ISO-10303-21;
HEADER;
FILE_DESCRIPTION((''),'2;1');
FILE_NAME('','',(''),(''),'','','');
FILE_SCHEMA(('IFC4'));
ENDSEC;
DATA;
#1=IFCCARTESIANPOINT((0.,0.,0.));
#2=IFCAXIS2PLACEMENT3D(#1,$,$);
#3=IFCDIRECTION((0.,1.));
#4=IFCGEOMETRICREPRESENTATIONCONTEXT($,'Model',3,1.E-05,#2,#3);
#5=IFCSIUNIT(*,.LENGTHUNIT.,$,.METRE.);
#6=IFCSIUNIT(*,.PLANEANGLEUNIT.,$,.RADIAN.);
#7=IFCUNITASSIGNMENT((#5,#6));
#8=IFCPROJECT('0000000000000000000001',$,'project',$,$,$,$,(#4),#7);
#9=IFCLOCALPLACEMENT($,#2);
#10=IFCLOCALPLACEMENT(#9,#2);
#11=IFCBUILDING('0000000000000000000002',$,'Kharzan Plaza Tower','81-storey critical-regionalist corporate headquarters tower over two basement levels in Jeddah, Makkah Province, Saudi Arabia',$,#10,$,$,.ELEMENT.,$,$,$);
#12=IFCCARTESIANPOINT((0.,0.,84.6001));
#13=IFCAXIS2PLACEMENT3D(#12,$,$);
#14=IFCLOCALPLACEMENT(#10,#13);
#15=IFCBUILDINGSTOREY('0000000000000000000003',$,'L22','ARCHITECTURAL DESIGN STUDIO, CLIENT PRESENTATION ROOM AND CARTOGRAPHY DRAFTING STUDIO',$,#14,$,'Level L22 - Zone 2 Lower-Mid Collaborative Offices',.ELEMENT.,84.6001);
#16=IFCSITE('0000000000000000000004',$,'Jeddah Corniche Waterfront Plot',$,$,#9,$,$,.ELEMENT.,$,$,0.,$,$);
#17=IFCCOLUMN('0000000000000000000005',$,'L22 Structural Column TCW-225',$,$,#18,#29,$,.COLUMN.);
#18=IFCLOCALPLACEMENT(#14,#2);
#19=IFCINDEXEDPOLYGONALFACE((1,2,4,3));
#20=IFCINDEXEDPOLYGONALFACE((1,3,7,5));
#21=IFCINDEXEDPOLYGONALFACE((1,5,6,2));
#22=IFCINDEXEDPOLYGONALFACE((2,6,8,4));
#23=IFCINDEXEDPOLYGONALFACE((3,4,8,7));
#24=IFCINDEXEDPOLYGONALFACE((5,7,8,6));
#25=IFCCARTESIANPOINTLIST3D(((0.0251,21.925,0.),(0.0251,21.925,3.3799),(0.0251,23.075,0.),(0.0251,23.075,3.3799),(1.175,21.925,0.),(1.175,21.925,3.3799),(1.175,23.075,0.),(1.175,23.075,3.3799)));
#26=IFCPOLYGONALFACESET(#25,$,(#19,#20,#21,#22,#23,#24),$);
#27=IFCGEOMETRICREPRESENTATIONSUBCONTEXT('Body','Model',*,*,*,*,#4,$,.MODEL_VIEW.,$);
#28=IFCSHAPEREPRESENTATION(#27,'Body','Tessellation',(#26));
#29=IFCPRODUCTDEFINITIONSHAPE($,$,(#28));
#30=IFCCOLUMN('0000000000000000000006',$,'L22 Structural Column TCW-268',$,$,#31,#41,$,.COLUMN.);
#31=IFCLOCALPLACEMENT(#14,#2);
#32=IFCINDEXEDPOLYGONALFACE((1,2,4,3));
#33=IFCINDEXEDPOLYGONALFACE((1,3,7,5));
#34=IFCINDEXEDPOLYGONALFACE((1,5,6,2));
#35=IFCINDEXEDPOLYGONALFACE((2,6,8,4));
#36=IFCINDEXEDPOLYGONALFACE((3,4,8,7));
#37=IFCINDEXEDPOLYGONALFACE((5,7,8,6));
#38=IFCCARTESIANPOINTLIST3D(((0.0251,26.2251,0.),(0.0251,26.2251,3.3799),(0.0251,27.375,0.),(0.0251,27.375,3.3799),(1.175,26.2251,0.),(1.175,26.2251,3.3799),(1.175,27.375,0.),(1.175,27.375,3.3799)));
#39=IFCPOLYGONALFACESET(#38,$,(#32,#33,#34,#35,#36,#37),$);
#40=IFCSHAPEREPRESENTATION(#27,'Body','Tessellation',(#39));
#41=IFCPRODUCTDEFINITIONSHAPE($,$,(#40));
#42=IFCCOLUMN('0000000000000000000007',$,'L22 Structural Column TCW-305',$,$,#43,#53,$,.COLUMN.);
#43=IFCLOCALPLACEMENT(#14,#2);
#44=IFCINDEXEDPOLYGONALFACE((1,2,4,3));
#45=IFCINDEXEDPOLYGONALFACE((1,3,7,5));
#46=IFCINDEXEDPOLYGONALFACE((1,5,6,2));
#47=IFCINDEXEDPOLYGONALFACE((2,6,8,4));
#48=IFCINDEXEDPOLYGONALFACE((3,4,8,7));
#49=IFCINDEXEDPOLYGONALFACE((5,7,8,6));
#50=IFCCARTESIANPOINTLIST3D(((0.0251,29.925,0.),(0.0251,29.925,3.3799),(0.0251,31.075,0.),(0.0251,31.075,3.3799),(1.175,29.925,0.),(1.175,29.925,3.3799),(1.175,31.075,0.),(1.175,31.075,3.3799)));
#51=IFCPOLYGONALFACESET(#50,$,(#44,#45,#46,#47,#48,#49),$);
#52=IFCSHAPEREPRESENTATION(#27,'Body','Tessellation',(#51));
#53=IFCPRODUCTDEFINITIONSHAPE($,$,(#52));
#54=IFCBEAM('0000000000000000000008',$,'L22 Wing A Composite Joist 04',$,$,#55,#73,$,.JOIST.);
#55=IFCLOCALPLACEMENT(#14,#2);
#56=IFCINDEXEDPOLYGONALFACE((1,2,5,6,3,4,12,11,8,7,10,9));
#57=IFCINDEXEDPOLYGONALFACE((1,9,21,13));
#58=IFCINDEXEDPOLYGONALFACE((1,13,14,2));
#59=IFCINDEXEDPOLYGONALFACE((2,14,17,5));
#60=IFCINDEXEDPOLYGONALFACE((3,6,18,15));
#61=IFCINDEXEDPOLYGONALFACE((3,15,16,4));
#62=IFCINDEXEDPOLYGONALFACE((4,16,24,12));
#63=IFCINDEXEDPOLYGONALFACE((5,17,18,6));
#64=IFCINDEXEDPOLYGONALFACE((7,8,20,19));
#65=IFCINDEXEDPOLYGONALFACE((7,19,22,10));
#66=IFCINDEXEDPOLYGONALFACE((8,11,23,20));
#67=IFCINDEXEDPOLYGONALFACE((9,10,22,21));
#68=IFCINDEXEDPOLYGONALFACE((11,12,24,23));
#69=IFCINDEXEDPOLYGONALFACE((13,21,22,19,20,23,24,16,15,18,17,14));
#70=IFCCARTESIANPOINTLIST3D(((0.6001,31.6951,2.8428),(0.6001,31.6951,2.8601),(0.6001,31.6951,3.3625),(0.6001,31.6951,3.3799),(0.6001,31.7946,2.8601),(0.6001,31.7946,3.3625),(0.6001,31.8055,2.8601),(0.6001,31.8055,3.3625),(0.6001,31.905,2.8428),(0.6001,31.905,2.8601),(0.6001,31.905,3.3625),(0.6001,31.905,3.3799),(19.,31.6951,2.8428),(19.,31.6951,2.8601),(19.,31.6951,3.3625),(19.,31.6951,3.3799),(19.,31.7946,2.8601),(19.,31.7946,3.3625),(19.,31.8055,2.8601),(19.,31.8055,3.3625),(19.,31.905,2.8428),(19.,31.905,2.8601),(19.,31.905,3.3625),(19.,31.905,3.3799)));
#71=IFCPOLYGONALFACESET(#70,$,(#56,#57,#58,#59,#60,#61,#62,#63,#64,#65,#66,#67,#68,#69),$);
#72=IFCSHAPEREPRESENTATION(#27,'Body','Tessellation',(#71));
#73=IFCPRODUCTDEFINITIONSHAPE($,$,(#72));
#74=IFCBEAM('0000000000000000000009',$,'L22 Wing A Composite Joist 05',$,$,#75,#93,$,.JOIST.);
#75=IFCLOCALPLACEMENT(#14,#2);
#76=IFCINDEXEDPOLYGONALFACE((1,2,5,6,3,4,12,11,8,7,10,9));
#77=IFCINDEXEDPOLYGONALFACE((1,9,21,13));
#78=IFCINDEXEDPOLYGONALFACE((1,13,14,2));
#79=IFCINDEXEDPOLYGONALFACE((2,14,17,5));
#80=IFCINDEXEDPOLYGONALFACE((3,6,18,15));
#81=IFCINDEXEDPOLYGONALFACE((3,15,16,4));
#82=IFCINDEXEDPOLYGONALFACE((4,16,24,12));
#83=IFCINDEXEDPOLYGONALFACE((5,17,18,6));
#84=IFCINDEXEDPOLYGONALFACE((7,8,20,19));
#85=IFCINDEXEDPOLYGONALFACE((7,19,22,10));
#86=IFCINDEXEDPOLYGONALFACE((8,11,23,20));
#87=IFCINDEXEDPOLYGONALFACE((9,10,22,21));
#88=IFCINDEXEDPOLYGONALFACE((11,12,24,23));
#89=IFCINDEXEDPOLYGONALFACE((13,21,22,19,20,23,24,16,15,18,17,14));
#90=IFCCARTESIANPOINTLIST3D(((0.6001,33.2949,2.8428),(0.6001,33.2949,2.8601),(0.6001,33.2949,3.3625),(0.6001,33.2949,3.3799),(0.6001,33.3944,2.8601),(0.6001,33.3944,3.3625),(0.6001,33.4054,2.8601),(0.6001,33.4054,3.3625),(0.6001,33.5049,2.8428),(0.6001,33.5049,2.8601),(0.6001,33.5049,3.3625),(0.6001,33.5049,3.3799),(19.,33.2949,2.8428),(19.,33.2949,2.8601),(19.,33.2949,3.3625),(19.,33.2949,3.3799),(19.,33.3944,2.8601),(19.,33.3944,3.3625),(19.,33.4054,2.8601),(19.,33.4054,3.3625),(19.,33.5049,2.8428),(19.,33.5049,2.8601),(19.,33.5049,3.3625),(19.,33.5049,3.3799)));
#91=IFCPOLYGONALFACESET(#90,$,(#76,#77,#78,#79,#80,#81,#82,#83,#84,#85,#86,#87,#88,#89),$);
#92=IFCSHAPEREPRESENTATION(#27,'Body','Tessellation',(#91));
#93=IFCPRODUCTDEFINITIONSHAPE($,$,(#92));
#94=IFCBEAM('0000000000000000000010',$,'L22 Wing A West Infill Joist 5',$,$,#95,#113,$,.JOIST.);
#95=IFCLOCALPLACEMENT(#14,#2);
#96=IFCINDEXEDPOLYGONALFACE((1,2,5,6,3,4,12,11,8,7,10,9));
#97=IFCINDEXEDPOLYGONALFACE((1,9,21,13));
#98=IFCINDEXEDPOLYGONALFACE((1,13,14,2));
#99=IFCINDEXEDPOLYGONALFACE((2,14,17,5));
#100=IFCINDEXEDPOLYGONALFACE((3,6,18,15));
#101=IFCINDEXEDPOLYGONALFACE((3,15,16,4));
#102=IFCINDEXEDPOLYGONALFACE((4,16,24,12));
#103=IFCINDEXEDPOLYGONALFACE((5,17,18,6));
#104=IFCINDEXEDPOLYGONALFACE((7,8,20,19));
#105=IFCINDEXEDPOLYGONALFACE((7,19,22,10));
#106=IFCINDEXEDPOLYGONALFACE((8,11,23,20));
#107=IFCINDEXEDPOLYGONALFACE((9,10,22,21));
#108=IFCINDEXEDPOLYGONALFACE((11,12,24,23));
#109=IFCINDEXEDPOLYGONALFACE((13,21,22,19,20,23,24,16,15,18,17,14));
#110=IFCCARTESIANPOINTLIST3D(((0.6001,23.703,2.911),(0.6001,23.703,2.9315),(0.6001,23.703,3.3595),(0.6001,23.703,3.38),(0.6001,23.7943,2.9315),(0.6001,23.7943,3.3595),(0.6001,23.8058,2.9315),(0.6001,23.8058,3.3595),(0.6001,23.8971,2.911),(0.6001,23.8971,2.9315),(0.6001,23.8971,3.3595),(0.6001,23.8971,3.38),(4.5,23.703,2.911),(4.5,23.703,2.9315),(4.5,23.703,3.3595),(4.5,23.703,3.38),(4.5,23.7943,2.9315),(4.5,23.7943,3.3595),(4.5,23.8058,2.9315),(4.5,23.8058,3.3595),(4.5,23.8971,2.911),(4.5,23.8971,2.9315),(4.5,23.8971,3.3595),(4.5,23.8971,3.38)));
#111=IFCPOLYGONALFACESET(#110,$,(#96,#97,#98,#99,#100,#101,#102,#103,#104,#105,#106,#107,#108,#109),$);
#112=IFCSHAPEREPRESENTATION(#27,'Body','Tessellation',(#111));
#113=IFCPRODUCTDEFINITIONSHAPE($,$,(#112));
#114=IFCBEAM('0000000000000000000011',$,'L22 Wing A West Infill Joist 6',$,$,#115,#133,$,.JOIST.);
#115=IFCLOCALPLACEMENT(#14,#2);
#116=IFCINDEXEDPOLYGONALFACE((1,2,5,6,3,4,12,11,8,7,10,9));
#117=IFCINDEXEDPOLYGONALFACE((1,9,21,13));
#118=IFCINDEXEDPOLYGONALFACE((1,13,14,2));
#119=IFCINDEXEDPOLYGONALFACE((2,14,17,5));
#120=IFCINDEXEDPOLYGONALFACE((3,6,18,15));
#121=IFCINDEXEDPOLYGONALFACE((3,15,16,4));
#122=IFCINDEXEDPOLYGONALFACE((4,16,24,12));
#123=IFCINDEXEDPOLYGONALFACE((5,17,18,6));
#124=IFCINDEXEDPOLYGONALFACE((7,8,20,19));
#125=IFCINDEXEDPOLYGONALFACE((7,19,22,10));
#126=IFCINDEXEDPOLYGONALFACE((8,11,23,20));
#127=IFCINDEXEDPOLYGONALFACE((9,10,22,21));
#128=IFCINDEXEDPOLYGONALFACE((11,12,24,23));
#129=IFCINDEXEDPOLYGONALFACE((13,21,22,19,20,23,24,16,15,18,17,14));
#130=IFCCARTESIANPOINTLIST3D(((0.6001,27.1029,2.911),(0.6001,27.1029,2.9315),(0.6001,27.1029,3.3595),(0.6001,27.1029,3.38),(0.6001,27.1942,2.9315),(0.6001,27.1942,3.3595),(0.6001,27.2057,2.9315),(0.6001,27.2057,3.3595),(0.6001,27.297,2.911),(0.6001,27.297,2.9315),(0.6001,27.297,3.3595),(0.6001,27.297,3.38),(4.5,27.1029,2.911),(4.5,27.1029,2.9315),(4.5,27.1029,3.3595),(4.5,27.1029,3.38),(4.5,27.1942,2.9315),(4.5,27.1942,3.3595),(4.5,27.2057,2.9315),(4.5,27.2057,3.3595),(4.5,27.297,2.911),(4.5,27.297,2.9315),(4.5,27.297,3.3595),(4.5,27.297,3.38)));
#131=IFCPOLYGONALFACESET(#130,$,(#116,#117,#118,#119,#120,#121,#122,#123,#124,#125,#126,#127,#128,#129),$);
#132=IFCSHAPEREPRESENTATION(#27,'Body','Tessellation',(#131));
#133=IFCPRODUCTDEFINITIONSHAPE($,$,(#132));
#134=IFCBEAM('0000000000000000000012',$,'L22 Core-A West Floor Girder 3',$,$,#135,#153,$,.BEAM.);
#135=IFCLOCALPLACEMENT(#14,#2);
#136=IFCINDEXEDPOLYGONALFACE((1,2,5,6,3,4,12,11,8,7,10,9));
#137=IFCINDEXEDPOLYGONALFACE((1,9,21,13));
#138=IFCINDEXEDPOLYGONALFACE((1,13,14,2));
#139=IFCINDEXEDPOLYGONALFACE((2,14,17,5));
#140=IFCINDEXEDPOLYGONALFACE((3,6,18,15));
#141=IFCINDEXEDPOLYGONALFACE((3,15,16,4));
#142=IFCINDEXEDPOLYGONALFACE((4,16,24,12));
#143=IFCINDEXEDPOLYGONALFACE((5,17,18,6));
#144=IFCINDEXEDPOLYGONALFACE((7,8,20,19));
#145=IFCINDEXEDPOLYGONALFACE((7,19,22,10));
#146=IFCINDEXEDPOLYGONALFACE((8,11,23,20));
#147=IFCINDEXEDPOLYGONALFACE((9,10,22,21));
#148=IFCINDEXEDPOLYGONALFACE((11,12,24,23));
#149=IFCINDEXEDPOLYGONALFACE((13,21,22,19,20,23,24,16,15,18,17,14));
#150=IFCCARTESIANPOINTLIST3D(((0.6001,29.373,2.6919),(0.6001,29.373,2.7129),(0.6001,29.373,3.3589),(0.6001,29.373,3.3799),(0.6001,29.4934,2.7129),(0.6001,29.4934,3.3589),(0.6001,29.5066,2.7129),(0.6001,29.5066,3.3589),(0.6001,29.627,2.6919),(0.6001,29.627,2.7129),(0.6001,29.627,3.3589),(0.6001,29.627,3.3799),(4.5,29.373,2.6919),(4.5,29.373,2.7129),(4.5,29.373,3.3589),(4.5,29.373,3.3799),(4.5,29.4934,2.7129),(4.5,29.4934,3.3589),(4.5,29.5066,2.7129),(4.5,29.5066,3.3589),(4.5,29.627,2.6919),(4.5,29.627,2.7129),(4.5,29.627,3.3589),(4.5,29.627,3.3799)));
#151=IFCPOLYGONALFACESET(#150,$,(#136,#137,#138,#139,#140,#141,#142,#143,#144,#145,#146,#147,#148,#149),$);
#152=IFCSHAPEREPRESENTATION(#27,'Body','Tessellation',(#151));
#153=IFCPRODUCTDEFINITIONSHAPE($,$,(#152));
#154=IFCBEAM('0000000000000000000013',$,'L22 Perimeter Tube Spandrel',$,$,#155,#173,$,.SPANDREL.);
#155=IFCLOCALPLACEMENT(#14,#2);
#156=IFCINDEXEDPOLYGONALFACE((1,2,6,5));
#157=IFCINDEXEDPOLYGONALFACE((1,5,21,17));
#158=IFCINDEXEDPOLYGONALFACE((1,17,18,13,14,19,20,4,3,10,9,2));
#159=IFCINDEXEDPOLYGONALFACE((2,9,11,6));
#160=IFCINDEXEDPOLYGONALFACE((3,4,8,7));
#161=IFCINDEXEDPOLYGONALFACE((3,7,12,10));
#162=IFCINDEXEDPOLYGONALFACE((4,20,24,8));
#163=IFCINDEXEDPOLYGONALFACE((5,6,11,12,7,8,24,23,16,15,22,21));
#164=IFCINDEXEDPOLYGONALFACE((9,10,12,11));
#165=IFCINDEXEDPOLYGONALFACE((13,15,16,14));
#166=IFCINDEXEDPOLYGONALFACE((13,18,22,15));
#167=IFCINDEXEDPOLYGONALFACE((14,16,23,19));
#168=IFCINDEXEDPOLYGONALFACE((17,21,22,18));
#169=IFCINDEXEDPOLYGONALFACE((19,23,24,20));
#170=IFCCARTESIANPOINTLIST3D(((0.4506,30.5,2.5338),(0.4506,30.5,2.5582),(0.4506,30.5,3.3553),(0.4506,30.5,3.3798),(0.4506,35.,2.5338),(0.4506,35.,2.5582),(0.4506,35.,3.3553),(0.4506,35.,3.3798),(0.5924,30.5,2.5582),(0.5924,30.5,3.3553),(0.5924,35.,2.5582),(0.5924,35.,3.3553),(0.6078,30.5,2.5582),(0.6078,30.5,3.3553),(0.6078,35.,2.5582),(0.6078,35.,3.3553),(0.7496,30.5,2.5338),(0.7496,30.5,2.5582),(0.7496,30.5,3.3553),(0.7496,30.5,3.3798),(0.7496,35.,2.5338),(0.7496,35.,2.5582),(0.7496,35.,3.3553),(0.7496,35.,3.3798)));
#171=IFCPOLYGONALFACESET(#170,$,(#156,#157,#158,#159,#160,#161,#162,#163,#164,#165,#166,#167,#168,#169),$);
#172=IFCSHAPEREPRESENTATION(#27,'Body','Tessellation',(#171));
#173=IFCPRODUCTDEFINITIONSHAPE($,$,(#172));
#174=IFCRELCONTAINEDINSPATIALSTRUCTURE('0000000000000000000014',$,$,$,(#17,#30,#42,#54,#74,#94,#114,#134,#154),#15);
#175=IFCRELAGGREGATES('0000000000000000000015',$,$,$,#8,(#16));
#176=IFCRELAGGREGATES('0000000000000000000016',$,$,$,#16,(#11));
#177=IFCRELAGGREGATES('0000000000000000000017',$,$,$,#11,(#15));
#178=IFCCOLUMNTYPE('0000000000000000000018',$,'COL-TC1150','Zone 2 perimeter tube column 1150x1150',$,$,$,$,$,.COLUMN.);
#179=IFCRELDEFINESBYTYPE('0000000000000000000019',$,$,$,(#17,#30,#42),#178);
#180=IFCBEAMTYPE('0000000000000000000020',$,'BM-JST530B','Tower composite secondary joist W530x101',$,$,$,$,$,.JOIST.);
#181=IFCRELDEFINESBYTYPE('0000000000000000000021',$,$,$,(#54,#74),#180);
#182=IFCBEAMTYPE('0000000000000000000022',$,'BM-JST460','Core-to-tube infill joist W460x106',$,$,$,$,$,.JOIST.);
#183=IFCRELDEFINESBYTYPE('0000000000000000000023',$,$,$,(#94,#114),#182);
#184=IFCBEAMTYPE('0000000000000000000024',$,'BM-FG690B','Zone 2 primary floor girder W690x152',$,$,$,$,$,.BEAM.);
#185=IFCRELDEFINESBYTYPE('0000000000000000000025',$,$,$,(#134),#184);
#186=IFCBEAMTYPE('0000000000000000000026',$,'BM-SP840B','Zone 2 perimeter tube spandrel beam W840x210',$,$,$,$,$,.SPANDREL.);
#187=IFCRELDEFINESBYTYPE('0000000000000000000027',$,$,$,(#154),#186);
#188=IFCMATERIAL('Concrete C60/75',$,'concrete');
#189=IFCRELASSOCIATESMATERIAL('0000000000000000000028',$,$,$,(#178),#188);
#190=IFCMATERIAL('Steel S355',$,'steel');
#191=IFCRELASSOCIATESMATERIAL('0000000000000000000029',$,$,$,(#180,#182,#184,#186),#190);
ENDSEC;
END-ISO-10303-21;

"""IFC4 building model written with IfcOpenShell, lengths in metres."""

from ifc_helpers import new_model, si_unit, direction, frame, origin, origin_2d, place, context, subcontext, project, spatial, rectangle, i_section, extrude, source, transform, mapped, material, material_profile, profile_set, type_object, element, save


model = new_model("IFC4")

# Units and contexts
model_context = context("Model", 3, precision=1e-05, world=origin(), true_north=direction((0.0, 1.0)))
body_context = subcontext(model_context, "Body", "Model", "MODEL_VIEW")
ifc_project = project(units=[si_unit("LENGTHUNIT", "METRE"), si_unit("PLANEANGLEUNIT", "RADIAN")], contexts=[model_context])

# Site, building, storey
site_placement = place(None, origin())
site = spatial("IfcSite", under=ifc_project, at=site_placement, Name="Jeddah Corniche Waterfront Plot", CompositionType="ELEMENT", RefElevation=0.0)
building_placement = place(site_placement, origin())
building = spatial("IfcBuilding", under=site, at=building_placement, Name="Kharzan Plaza Tower", Description="81-storey critical-regionalist corporate headquarters tower over two basement levels in Jeddah, Makkah Province, Saudi Arabia", CompositionType="ELEMENT")
storey_placement = place(building_placement, frame((0.0, 0.0, 84.6001)))
storey = spatial("IfcBuildingStorey", under=building, at=storey_placement, Name="L22", Description="ARCHITECTURAL DESIGN STUDIO, CLIENT PRESENTATION ROOM AND CARTOGRAPHY DRAFTING STUDIO", LongName="Level L22 - Zone 2 Lower-Mid Collaborative Offices", CompositionType="ELEMENT", Elevation=84.6001)

# Columns
ifc_material_1 = material(Name="Concrete C60/75", Category="concrete")
ifc_material_profile_1 = material_profile(ifc_material_1, rectangle(XDim=1.1499, YDim=1.1499, at=origin_2d()), Name="RC-TC1150x1150")
ifc_profile_set_1 = profile_set([ifc_material_profile_1], Name="Concrete C60/75")
column_type = type_object("IfcColumnType", Name="COL-TC1150", Description="Zone 2 perimeter tube column 1150x1150", PredefinedType="COLUMN", material=ifc_profile_set_1)
shared_shape_1 = source(origin(), body_context, "Body", "SweptSolid", [
    extrude(rectangle(XDim=1.1499, YDim=1.1499, at=origin_2d()), origin(), (0.0, 0.0, 1.0), 3.3799),
])
for number, where, z_axis, x_axis, name in (
    (1, (0.6001, 22.5, 0.0), (0.0, 0.0, 1.0), (1.0, 0.0, 0.0), "L22 Structural Column TCW-225"),
    (2, (0.6001, 26.8, 0.0), (0.0, 0.0, 1.0), (1.0, 0.0, 0.0), "L22 Structural Column TCW-268"),
    (3, (0.6001, 30.5, 0.0), (0.0, 0.0, 1.0), (1.0, 0.0, 0.0), "L22 Structural Column TCW-305"),
):
    element("IfcColumn", number, at=place(storey_placement, frame(where, z_axis=z_axis, x_axis=x_axis)), inside=storey, type_object=column_type, Name=name, PredefinedType="COLUMN", context=body_context, shape_type="MappedRepresentation", body=[
        mapped(shared_shape_1, transform((0.0, 0.0, 0.0), x_axis=(1.0, 0.0, 0.0), y_axis=(0.0, 1.0, 0.0), z_axis=(0.0, 0.0, 1.0))),
    ])

# Beams
ifc_material_2 = material(Name="Steel S355", Category="steel")
ifc_material_profile_2 = material_profile(ifc_material_2, i_section(OverallWidth=0.21, OverallDepth=0.5371, WebThickness=0.011, FlangeThickness=0.0173, at=origin_2d()), Name="W530x101")
ifc_profile_set_2 = profile_set([ifc_material_profile_2], Name="Steel S355")
beam_type_1 = type_object("IfcBeamType", Name="BM-JST530B", Description="Tower composite secondary joist W530x101", PredefinedType="JOIST", material=ifc_profile_set_2)
shared_shape_2 = source(origin(), body_context, "Body", "SweptSolid", [
    extrude(i_section(OverallWidth=0.21, OverallDepth=0.5371, WebThickness=0.011, FlangeThickness=0.0173, at=origin_2d()), origin(), (0.0, 0.0, 1.0), 18.3999),
])
for number, where, z_axis, x_axis, name in (
    (4, (0.6001, 31.8, 3.1113), (1.0, 0.0, 0.0), (0.0, 1.0, 0.0), "L22 Wing A Composite Joist 04"),
    (5, (0.6001, 33.3999, 3.1113), (1.0, 0.0, 0.0), (0.0, 1.0, 0.0), "L22 Wing A Composite Joist 05"),
):
    element("IfcBeam", number, at=place(storey_placement, frame(where, z_axis=z_axis, x_axis=x_axis)), inside=storey, type_object=beam_type_1, Name=name, PredefinedType="JOIST", context=body_context, shape_type="MappedRepresentation", body=[
        mapped(shared_shape_2, transform((0.0, 0.0, 0.0), x_axis=(1.0, 0.0, 0.0), y_axis=(0.0, 1.0, 0.0), z_axis=(0.0, 0.0, 1.0))),
    ])
ifc_material_profile_3 = material_profile(ifc_material_2, i_section(OverallWidth=0.1941, OverallDepth=0.469, WebThickness=0.0115, FlangeThickness=0.0205, at=origin_2d()), Name="W460x106")
ifc_profile_set_3 = profile_set([ifc_material_profile_3], Name="Steel S355")
beam_type_2 = type_object("IfcBeamType", Name="BM-JST460", Description="Core-to-tube infill joist W460x106", PredefinedType="JOIST", material=ifc_profile_set_3)
shared_shape_3 = source(origin(), body_context, "Body", "SweptSolid", [
    extrude(i_section(OverallWidth=0.1941, OverallDepth=0.469, WebThickness=0.0115, FlangeThickness=0.0205, at=origin_2d()), origin(), (0.0, 0.0, 1.0), 3.8999),
])
for number, where, z_axis, x_axis, name in (
    (6, (0.6001, 23.8, 3.1455), (1.0, 0.0, 0.0), (0.0, 1.0, 0.0), "L22 Wing A West Infill Joist 5"),
    (7, (0.6001, 27.2, 3.1455), (1.0, 0.0, 0.0), (0.0, 1.0, 0.0), "L22 Wing A West Infill Joist 6"),
):
    element("IfcBeam", number, at=place(storey_placement, frame(where, z_axis=z_axis, x_axis=x_axis)), inside=storey, type_object=beam_type_2, Name=name, PredefinedType="JOIST", context=body_context, shape_type="MappedRepresentation", body=[
        mapped(shared_shape_3, transform((0.0, 0.0, 0.0), x_axis=(1.0, 0.0, 0.0), y_axis=(0.0, 1.0, 0.0), z_axis=(0.0, 0.0, 1.0))),
    ])
ifc_material_profile_4 = material_profile(ifc_material_2, i_section(OverallWidth=0.2539, OverallDepth=0.688, WebThickness=0.0132, FlangeThickness=0.021, at=origin_2d()), Name="W690x152")
ifc_profile_set_4 = profile_set([ifc_material_profile_4], Name="Steel S355")
beam_type_3 = type_object("IfcBeamType", Name="BM-FG690B", Description="Zone 2 primary floor girder W690x152", PredefinedType="BEAM", material=ifc_profile_set_4)
shared_shape_4 = source(origin(), body_context, "Body", "SweptSolid", [
    extrude(i_section(OverallWidth=0.2539, OverallDepth=0.688, WebThickness=0.0132, FlangeThickness=0.021, at=origin_2d()), origin(), (0.0, 0.0, 1.0), 3.8999),
])
beam_1_placement = place(storey_placement, frame((0.6001, 29.5, 3.0359), z_axis=(1.0, 0.0, 0.0), x_axis=(0.0, 1.0, 0.0)))
element("IfcBeam", 8, at=beam_1_placement, inside=storey, type_object=beam_type_3, Name="L22 Core-A West Floor Girder 3", PredefinedType="BEAM", context=body_context, shape_type="MappedRepresentation", body=[
    mapped(shared_shape_4, transform((0.0, 0.0, 0.0), x_axis=(1.0, 0.0, 0.0), y_axis=(0.0, 1.0, 0.0), z_axis=(0.0, 0.0, 1.0))),
])
ifc_material_profile_5 = material_profile(ifc_material_2, i_section(OverallWidth=0.2991, OverallDepth=0.8459, WebThickness=0.0154, FlangeThickness=0.0244, at=origin_2d()), Name="W840x210")
ifc_profile_set_5 = profile_set([ifc_material_profile_5], Name="Steel S355")
beam_type_4 = type_object("IfcBeamType", Name="BM-SP840B", Description="Zone 2 perimeter tube spandrel beam W840x210", PredefinedType="SPANDREL", material=ifc_profile_set_5)
shared_shape_5 = source(origin(), body_context, "Body", "SweptSolid", [
    extrude(i_section(OverallWidth=0.2991, OverallDepth=0.8459, WebThickness=0.0154, FlangeThickness=0.0244, at=origin_2d()), origin(), (0.0, 0.0, 1.0), 4.5),
])
beam_2_placement = place(storey_placement, frame((0.6001, 30.5, 2.9568), z_axis=(0.0, 1.0, 0.0), x_axis=(-1.0, 0.0, 0.0)))
element("IfcBeam", 9, at=beam_2_placement, inside=storey, type_object=beam_type_4, Name="L22 Perimeter Tube Spandrel", PredefinedType="SPANDREL", context=body_context, shape_type="MappedRepresentation", body=[
    mapped(shared_shape_5, transform((0.0, 0.0, 0.0), x_axis=(1.0, 0.0, 0.0), y_axis=(0.0, 1.0, 0.0), z_axis=(0.0, 0.0, 1.0))),
])

save(model, "model.ifc")
